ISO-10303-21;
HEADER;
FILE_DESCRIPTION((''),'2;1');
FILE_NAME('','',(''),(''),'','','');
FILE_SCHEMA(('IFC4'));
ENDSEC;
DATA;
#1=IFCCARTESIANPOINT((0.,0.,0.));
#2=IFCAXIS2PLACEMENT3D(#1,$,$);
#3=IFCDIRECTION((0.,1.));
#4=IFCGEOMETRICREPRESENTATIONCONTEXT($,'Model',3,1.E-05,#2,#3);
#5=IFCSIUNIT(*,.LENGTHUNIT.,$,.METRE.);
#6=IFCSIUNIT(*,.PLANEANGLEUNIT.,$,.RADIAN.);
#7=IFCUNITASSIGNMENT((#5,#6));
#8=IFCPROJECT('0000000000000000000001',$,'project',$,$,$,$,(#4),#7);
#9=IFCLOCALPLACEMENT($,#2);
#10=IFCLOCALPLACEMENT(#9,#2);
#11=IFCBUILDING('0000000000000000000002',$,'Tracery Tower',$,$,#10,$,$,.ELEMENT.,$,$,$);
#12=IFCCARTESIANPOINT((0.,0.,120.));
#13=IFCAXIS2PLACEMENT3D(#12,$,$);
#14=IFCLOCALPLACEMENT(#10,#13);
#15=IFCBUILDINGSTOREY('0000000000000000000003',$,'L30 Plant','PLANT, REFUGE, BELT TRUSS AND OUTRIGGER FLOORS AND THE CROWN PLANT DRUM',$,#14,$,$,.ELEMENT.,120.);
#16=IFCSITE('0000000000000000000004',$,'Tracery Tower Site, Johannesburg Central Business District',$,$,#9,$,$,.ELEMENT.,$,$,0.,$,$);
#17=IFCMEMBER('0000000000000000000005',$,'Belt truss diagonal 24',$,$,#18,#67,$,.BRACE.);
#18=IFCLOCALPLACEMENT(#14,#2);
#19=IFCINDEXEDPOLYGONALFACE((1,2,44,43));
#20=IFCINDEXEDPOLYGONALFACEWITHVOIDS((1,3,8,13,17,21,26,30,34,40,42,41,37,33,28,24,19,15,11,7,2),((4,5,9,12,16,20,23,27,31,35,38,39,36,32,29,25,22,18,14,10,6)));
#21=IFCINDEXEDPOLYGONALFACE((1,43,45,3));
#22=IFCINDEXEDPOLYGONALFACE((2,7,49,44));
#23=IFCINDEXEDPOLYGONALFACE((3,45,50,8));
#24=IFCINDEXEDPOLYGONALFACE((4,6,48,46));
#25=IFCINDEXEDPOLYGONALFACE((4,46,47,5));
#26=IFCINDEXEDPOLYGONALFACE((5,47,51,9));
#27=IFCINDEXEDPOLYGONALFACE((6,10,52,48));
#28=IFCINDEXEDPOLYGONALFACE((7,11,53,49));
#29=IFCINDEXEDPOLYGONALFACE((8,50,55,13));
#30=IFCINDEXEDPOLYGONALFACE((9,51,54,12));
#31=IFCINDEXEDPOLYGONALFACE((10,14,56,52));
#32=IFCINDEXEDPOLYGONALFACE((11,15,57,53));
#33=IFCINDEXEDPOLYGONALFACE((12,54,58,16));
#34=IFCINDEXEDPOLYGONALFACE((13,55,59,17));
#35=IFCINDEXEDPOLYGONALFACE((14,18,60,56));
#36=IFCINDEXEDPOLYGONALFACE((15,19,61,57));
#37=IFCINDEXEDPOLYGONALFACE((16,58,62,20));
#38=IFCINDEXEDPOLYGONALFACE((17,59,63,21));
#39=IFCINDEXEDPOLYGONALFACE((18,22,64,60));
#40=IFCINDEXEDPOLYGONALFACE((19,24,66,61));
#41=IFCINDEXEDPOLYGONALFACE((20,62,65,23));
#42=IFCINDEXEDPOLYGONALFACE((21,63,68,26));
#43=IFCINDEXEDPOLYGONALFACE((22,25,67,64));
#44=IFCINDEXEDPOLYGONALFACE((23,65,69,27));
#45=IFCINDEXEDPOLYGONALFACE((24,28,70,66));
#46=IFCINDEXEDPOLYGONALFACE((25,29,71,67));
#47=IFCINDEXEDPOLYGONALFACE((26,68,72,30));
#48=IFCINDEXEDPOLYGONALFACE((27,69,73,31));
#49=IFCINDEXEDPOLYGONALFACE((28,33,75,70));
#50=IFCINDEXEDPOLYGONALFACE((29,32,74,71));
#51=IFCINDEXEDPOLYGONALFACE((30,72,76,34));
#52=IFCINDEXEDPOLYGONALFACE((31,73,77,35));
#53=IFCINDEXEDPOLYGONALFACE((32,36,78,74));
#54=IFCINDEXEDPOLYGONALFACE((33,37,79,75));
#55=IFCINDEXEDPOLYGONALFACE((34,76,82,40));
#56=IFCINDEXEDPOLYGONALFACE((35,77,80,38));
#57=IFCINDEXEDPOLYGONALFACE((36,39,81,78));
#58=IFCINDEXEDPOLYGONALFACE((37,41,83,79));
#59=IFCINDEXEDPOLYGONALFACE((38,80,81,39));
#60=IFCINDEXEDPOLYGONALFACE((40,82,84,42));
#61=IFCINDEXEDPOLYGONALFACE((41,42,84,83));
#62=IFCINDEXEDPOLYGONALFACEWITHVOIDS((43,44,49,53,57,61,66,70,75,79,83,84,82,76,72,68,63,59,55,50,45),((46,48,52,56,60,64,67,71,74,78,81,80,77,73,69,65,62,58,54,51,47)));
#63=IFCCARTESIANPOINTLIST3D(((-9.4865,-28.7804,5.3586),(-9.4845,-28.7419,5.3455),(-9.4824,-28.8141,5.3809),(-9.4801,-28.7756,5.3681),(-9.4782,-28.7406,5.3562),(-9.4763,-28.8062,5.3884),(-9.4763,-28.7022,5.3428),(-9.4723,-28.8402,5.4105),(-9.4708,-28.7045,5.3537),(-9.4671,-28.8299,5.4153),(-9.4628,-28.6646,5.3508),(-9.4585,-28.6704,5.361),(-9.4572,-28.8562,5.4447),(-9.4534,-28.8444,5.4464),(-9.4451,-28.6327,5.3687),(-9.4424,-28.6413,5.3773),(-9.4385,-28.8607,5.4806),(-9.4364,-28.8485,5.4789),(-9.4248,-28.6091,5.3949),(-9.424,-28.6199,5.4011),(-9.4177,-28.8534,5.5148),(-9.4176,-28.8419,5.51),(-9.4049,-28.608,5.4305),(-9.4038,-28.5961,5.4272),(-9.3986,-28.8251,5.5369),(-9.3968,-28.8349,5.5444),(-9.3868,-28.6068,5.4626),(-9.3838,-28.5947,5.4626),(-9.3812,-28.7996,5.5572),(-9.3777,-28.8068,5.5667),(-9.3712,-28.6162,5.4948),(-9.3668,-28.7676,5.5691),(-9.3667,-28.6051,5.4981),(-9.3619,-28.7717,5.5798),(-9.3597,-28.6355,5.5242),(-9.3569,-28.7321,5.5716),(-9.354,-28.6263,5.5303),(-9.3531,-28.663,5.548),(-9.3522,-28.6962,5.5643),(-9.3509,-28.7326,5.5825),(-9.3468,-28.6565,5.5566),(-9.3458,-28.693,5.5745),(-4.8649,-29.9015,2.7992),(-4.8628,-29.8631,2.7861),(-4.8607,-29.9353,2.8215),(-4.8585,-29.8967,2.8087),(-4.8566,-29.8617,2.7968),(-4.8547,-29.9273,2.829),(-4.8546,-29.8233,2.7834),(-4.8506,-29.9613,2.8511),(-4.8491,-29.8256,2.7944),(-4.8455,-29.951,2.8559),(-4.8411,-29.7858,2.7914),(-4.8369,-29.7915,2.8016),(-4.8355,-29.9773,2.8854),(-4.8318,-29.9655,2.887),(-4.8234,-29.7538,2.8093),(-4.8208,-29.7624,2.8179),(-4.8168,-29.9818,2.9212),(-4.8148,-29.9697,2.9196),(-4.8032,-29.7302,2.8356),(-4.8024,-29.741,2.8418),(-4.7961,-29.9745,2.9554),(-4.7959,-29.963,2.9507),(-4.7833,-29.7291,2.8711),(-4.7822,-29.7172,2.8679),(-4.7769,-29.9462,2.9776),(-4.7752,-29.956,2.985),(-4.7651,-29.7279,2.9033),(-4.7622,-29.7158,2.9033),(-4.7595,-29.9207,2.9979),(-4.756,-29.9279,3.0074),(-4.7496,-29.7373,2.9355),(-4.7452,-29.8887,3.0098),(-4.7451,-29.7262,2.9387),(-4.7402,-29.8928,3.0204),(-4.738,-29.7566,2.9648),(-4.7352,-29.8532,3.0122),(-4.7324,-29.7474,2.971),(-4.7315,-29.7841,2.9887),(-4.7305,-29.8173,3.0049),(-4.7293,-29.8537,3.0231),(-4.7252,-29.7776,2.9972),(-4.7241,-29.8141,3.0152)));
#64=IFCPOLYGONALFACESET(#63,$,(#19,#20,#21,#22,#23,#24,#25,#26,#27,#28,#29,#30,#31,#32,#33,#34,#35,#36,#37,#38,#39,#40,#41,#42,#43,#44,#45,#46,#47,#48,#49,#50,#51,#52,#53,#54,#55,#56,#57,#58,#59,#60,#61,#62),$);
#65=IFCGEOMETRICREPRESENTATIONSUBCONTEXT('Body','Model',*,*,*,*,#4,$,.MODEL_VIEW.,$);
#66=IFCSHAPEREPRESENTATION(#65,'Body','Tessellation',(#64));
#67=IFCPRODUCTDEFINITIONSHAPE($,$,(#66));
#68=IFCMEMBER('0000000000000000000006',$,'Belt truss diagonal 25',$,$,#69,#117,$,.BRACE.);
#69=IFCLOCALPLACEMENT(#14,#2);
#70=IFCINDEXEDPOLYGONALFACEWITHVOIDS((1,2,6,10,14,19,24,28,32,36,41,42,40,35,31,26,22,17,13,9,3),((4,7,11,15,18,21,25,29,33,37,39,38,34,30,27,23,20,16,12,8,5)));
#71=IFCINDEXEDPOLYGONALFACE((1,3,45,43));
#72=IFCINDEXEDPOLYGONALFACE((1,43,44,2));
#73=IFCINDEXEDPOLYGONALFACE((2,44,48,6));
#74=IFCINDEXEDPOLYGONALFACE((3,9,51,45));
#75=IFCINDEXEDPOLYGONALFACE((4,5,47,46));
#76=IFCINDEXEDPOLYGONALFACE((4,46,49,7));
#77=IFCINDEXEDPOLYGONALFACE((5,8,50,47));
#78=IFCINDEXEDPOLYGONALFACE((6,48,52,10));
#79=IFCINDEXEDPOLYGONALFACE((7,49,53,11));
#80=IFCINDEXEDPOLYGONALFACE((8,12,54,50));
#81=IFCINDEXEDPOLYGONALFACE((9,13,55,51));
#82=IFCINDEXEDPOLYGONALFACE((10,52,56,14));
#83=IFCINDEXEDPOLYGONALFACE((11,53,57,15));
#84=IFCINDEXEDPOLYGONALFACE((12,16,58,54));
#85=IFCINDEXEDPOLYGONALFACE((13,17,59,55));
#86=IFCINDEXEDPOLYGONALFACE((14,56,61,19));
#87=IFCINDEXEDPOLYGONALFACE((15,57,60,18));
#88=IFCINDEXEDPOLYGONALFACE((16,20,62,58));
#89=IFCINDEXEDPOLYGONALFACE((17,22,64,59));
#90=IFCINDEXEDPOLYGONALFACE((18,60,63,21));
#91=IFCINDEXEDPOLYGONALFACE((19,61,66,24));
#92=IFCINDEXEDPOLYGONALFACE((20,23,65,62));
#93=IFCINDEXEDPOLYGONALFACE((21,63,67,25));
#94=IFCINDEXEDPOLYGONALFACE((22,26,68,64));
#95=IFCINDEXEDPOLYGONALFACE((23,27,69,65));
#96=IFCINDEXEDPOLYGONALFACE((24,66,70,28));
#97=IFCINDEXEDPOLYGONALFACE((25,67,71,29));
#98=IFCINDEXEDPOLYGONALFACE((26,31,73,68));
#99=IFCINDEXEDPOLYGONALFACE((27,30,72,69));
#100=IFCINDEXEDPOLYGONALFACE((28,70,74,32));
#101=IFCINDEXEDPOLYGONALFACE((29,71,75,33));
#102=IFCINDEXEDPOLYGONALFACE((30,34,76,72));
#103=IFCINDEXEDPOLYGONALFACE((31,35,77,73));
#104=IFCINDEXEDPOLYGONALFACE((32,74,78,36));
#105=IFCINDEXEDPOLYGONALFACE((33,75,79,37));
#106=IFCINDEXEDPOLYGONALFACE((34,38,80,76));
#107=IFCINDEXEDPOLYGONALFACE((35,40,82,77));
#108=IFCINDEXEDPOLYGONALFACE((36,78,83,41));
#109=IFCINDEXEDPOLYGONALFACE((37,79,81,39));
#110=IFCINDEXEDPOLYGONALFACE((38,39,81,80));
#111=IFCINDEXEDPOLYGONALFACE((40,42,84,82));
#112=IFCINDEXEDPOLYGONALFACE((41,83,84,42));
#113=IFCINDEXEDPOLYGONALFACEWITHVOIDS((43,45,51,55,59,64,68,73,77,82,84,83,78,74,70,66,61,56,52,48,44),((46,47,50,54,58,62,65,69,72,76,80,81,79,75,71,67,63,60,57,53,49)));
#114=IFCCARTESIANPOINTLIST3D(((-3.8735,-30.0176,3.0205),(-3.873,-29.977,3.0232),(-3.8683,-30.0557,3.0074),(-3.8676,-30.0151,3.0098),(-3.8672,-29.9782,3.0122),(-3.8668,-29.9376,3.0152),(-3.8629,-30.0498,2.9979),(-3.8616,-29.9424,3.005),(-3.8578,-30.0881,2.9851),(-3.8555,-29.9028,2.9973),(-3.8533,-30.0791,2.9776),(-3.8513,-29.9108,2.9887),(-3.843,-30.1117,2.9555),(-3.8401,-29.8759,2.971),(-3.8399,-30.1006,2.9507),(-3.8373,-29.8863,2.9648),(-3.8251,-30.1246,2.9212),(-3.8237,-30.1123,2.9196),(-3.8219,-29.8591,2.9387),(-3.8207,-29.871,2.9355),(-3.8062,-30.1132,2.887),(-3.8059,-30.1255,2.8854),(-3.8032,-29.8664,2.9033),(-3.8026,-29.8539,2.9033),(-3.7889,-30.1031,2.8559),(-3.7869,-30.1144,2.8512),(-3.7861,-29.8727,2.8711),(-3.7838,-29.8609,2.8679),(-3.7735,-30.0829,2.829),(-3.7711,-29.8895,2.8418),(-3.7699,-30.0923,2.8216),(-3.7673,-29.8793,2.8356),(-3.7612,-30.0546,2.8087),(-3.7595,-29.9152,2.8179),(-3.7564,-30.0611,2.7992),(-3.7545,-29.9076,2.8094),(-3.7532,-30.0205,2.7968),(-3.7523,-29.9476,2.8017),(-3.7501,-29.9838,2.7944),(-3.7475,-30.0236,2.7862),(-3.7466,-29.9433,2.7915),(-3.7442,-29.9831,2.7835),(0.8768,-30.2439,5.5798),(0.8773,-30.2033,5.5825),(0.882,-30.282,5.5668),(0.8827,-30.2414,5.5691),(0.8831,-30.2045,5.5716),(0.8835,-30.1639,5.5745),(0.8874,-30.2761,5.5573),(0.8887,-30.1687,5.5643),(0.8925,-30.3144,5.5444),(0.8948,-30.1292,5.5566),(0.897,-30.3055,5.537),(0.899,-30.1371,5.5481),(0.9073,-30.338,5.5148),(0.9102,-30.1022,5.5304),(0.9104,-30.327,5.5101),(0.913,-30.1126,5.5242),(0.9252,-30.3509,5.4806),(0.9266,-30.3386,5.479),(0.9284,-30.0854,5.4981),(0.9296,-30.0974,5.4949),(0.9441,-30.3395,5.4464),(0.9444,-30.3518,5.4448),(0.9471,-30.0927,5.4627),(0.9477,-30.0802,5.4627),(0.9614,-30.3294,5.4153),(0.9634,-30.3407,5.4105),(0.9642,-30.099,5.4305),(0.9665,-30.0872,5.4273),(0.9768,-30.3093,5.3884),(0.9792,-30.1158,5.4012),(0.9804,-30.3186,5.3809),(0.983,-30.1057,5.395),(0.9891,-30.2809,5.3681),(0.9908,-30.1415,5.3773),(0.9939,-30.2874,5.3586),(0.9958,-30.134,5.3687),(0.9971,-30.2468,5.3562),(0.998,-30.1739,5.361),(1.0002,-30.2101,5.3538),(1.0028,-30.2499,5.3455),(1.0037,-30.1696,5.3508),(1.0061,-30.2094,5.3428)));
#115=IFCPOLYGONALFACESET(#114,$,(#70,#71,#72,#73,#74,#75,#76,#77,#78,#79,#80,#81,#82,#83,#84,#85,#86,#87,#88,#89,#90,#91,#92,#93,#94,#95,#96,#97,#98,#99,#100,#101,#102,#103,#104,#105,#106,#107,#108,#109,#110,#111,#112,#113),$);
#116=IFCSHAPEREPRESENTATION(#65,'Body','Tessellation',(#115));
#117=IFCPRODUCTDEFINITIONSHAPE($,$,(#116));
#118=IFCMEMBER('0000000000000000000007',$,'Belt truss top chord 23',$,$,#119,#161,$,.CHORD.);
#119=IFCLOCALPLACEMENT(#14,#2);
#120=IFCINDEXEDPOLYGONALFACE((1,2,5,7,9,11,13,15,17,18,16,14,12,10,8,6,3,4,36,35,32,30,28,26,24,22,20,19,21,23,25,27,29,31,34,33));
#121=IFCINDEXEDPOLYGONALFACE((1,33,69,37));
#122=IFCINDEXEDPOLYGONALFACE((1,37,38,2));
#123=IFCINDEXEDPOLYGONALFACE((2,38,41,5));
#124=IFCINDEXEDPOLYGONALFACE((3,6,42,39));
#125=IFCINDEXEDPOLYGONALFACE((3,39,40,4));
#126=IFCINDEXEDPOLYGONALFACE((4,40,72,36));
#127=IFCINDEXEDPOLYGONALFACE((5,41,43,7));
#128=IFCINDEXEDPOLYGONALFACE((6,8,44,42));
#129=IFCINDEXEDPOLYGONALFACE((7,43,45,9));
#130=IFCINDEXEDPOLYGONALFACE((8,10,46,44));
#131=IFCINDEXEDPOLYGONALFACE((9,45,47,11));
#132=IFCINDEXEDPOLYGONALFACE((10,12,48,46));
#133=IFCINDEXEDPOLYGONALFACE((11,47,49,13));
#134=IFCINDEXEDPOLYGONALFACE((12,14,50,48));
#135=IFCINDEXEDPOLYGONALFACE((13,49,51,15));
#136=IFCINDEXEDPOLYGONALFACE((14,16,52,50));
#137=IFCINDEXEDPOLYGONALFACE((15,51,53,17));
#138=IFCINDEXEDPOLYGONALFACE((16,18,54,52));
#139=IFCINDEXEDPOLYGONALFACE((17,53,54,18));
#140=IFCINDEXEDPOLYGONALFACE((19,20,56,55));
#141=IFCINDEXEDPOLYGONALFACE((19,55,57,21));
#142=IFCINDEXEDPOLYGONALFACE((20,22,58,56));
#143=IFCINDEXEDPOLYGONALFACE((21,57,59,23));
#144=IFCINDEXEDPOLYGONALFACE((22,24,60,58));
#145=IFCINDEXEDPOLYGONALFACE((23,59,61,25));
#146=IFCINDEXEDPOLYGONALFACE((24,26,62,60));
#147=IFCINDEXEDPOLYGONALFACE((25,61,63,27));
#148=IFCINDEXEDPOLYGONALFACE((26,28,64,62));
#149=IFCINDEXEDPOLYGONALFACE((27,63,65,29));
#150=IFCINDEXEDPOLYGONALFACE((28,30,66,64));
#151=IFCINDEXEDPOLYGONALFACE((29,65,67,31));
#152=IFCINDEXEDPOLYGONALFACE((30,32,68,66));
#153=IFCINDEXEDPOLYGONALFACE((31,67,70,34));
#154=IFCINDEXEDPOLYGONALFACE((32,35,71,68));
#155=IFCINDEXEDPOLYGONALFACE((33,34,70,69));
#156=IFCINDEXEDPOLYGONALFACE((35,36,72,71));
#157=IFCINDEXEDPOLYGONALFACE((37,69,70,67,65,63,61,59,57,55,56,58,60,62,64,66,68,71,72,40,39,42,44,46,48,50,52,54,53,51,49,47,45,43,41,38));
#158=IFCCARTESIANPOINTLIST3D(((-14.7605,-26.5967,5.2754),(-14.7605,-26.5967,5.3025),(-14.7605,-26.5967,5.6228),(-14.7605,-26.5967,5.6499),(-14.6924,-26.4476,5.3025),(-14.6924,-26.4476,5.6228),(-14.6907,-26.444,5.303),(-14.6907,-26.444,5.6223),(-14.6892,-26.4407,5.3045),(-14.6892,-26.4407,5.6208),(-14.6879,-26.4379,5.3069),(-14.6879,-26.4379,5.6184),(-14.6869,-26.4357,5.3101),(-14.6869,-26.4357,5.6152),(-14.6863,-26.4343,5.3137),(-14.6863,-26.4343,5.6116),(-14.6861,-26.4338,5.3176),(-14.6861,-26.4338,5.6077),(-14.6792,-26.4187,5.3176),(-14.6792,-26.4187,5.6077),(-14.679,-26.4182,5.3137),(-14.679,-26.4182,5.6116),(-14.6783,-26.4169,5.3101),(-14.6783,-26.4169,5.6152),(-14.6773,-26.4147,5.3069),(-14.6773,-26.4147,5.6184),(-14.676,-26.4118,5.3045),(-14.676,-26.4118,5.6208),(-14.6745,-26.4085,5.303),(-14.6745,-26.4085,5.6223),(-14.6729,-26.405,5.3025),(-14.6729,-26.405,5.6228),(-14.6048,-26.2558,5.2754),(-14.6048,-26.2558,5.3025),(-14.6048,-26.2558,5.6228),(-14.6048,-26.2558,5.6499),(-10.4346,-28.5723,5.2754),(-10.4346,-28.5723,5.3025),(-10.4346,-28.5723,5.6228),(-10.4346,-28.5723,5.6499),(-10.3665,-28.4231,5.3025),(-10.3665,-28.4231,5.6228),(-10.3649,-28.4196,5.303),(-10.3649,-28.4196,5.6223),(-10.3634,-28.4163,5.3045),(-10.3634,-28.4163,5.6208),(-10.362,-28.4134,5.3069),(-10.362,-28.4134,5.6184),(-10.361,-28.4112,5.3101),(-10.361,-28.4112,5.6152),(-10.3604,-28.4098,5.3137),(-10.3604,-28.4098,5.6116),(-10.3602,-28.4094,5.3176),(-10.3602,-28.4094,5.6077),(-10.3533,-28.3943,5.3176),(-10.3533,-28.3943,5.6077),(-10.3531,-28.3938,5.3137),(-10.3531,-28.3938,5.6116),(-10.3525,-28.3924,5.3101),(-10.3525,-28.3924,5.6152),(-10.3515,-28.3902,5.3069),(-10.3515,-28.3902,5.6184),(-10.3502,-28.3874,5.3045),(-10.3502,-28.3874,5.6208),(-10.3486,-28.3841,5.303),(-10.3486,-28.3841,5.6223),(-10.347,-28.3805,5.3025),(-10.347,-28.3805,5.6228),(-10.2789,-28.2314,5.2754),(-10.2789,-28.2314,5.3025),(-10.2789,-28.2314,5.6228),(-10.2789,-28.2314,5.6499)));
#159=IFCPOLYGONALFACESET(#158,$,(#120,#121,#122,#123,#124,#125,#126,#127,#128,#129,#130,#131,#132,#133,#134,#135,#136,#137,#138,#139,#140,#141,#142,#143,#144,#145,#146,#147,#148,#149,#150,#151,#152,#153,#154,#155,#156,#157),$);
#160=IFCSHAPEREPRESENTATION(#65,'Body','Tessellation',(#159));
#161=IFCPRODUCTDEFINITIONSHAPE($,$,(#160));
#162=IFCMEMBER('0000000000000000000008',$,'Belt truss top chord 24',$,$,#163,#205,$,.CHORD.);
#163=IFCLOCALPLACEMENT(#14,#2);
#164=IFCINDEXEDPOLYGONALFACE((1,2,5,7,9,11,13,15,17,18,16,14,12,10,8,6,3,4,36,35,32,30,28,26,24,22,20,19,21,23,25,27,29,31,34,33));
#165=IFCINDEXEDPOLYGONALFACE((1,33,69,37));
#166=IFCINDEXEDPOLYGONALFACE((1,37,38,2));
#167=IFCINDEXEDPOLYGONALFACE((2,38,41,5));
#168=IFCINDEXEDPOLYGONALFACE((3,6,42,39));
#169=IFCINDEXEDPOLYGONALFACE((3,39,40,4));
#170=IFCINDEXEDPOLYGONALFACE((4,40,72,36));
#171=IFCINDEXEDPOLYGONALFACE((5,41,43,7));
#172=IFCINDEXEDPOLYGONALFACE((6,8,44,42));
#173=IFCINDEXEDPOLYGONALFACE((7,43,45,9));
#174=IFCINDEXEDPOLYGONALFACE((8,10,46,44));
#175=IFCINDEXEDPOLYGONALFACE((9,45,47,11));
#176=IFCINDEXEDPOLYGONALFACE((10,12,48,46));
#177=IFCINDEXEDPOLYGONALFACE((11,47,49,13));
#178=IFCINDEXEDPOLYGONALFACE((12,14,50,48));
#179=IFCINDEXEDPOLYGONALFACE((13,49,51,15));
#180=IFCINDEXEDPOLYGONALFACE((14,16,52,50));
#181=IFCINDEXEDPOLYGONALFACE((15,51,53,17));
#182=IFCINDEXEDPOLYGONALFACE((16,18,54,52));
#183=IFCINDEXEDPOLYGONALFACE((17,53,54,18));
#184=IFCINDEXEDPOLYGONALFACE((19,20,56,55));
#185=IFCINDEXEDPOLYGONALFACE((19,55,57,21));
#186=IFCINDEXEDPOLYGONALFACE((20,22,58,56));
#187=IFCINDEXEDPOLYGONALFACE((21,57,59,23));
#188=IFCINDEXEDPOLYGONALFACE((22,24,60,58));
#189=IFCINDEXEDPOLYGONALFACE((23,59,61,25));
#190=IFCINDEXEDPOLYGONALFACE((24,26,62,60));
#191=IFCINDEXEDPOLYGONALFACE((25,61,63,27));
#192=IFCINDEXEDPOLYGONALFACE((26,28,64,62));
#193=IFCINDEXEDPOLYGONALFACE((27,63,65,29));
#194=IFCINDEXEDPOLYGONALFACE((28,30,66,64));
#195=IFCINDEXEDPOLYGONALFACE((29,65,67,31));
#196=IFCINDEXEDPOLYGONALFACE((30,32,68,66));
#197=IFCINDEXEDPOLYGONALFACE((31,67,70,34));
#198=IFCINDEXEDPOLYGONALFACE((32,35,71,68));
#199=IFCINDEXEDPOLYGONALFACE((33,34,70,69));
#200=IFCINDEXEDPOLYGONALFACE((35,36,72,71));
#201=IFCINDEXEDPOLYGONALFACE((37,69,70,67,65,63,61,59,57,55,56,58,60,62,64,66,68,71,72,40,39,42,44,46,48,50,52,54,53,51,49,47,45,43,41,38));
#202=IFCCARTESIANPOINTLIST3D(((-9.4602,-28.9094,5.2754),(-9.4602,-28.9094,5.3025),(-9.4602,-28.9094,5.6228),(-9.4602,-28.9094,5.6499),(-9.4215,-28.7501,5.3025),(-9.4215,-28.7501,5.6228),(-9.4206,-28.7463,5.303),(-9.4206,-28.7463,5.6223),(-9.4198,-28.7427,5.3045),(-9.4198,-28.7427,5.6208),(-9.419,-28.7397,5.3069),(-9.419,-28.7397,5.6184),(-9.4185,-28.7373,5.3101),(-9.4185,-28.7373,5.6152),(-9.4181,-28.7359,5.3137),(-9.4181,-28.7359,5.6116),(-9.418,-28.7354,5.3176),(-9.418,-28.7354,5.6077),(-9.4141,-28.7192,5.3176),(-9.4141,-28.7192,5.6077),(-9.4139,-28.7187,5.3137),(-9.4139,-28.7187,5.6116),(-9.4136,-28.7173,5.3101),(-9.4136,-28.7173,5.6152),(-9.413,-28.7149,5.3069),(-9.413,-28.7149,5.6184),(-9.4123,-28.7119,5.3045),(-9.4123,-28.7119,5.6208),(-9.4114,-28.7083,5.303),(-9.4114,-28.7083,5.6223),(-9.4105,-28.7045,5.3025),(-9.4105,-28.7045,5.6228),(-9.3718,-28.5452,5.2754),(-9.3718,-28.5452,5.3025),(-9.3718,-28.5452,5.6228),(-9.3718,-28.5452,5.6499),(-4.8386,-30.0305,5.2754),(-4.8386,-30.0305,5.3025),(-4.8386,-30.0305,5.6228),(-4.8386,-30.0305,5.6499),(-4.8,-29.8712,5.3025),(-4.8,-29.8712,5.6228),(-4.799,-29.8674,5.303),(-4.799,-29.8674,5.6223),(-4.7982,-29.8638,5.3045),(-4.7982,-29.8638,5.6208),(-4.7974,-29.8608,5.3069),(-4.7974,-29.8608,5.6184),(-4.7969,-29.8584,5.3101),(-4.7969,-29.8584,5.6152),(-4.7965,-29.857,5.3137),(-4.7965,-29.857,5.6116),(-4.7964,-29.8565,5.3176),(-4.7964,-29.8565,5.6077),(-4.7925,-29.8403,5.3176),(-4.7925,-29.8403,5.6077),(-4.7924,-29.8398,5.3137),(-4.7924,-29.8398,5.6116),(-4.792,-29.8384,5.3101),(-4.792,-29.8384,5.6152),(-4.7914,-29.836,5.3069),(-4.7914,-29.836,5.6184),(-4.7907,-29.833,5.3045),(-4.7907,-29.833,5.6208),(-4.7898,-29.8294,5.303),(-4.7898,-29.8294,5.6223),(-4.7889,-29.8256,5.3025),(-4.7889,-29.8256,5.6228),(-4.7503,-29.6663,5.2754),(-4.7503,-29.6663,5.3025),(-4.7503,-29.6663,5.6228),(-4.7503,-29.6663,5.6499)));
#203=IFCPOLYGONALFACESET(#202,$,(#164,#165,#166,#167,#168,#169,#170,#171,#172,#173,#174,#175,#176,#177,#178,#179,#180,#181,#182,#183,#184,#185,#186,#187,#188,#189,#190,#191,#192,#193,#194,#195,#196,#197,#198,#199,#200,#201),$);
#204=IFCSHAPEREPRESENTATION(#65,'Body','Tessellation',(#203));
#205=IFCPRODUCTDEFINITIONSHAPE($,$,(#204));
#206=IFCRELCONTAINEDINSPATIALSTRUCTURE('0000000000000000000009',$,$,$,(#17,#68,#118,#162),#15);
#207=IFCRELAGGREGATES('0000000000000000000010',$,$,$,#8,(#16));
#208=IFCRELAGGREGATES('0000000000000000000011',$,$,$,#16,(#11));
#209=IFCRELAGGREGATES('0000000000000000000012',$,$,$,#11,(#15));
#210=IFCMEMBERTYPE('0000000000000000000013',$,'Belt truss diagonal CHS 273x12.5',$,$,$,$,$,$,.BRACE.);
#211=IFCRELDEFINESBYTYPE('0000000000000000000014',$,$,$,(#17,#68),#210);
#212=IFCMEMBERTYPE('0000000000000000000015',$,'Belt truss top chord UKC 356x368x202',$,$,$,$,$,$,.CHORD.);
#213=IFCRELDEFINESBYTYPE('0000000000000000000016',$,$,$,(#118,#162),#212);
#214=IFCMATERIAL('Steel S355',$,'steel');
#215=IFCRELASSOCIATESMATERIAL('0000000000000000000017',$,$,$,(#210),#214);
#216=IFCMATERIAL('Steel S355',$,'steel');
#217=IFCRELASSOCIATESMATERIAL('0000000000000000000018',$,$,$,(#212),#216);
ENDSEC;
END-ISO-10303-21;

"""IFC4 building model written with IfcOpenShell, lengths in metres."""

from ifc_helpers import new_model, si_unit, direction, frame, origin, origin_2d, place, context, subcontext, project, spatial, hollow_circle, i_section, extrude, material, material_profile, profile_set, type_object, element, save


model = new_model("IFC4")

# Units and contexts
model_context = context("Model", 3, precision=1e-05, world=origin(), true_north=direction((0.0, 1.0)))
body_context = subcontext(model_context, "Body", "Model", "MODEL_VIEW")
ifc_project = project(units=[si_unit("LENGTHUNIT", "METRE"), si_unit("PLANEANGLEUNIT", "RADIAN")], contexts=[model_context])

# Site, building, storey
site_placement = place(None, origin())
site = spatial("IfcSite", under=ifc_project, at=site_placement, Name="Tracery Tower Site, Johannesburg Central Business District", CompositionType="ELEMENT", RefElevation=0.0)
building_placement = place(site_placement, origin())
building = spatial("IfcBuilding", under=site, at=building_placement, Name="Tracery Tower", CompositionType="ELEMENT")
storey_placement = place(building_placement, frame((0.0, 0.0, 120.0)))
storey = spatial("IfcBuildingStorey", under=building, at=storey_placement, Name="L30 Plant", Description="PLANT, REFUGE, BELT TRUSS AND OUTRIGGER FLOORS AND THE CROWN PLANT DRUM", CompositionType="ELEMENT", Elevation=120.0)

# Members
ifc_material_1 = material(Name="Steel S355", Category="steel")
ifc_material_profile_1 = material_profile(ifc_material_1, hollow_circle(Radius=0.1365, WallThickness=0.0125, at=origin_2d()), Name="CHS 273x12.5")
ifc_profile_set_1 = profile_set([ifc_material_profile_1], Name="Steel S355")
member_type_1 = type_object("IfcMemberType", Name="Belt truss diagonal CHS 273x12.5", PredefinedType="BRACE", material=ifc_profile_set_1)
for number, where, z_axis, x_axis, name in (
    (1, (-9.416, -28.7273, 5.4626), (0.85576, -0.207589, -0.4739), (0.235741, 0.971816, 0.0), "Belt truss diagonal 24"),
    (2, (-3.8091, -29.9902, 2.9033), (0.879581, -0.041906, 0.473899), (0.04759, 0.998867, 0.0), "Belt truss diagonal 25"),
):
    element("IfcMember", number, at=place(storey_placement, frame(where, z_axis=z_axis, x_axis=x_axis)), inside=storey, type_object=member_type_1, Name=name, PredefinedType="BRACE", context=body_context, shape_type="SweptSolid", body=[
        extrude(hollow_circle(Radius=0.1365, WallThickness=0.0125, at=origin_2d()), origin(), (0.0, 0.0, 1.0), 5.4006),
    ])
ifc_material_2 = material(Name="Steel S355", Category="steel")
ifc_material_profile_2 = material_profile(ifc_material_2, i_section(OverallWidth=0.3748, OverallDepth=0.3745, WebThickness=0.0166, FlangeThickness=0.0271, FilletRadius=0.0151, at=origin_2d()), Name="UKC 356x368x202")
ifc_profile_set_2 = profile_set([ifc_material_profile_2], Name="Steel S355")
member_type_2 = type_object("IfcMemberType", Name="Belt truss top chord UKC 356x368x202", PredefinedType="CHORD", material=ifc_profile_set_2)
for number, where, z_axis, x_axis, name in (
    (3, (-14.6826, -26.4263, 5.4626), (0.909632, -0.415415, 0.0), (0.415415, 0.909632, 0.0), "Belt truss top chord 23"),
    (4, (-9.416, -28.7273, 5.4626), (0.971816, -0.235741, 0.0), (0.235741, 0.971816, 0.0), "Belt truss top chord 24"),
):
    element("IfcMember", number, at=place(storey_placement, frame(where, z_axis=z_axis, x_axis=x_axis)), inside=storey, type_object=member_type_2, Name=name, PredefinedType="CHORD", context=body_context, shape_type="SweptSolid", body=[
        extrude(i_section(OverallWidth=0.3748, OverallDepth=0.3745, WebThickness=0.0166, FlangeThickness=0.0271, FilletRadius=0.0151, at=origin_2d()), origin(), (0.0, 0.0, 1.0), 4.7556),
    ])

save(model, "model.ifc")
